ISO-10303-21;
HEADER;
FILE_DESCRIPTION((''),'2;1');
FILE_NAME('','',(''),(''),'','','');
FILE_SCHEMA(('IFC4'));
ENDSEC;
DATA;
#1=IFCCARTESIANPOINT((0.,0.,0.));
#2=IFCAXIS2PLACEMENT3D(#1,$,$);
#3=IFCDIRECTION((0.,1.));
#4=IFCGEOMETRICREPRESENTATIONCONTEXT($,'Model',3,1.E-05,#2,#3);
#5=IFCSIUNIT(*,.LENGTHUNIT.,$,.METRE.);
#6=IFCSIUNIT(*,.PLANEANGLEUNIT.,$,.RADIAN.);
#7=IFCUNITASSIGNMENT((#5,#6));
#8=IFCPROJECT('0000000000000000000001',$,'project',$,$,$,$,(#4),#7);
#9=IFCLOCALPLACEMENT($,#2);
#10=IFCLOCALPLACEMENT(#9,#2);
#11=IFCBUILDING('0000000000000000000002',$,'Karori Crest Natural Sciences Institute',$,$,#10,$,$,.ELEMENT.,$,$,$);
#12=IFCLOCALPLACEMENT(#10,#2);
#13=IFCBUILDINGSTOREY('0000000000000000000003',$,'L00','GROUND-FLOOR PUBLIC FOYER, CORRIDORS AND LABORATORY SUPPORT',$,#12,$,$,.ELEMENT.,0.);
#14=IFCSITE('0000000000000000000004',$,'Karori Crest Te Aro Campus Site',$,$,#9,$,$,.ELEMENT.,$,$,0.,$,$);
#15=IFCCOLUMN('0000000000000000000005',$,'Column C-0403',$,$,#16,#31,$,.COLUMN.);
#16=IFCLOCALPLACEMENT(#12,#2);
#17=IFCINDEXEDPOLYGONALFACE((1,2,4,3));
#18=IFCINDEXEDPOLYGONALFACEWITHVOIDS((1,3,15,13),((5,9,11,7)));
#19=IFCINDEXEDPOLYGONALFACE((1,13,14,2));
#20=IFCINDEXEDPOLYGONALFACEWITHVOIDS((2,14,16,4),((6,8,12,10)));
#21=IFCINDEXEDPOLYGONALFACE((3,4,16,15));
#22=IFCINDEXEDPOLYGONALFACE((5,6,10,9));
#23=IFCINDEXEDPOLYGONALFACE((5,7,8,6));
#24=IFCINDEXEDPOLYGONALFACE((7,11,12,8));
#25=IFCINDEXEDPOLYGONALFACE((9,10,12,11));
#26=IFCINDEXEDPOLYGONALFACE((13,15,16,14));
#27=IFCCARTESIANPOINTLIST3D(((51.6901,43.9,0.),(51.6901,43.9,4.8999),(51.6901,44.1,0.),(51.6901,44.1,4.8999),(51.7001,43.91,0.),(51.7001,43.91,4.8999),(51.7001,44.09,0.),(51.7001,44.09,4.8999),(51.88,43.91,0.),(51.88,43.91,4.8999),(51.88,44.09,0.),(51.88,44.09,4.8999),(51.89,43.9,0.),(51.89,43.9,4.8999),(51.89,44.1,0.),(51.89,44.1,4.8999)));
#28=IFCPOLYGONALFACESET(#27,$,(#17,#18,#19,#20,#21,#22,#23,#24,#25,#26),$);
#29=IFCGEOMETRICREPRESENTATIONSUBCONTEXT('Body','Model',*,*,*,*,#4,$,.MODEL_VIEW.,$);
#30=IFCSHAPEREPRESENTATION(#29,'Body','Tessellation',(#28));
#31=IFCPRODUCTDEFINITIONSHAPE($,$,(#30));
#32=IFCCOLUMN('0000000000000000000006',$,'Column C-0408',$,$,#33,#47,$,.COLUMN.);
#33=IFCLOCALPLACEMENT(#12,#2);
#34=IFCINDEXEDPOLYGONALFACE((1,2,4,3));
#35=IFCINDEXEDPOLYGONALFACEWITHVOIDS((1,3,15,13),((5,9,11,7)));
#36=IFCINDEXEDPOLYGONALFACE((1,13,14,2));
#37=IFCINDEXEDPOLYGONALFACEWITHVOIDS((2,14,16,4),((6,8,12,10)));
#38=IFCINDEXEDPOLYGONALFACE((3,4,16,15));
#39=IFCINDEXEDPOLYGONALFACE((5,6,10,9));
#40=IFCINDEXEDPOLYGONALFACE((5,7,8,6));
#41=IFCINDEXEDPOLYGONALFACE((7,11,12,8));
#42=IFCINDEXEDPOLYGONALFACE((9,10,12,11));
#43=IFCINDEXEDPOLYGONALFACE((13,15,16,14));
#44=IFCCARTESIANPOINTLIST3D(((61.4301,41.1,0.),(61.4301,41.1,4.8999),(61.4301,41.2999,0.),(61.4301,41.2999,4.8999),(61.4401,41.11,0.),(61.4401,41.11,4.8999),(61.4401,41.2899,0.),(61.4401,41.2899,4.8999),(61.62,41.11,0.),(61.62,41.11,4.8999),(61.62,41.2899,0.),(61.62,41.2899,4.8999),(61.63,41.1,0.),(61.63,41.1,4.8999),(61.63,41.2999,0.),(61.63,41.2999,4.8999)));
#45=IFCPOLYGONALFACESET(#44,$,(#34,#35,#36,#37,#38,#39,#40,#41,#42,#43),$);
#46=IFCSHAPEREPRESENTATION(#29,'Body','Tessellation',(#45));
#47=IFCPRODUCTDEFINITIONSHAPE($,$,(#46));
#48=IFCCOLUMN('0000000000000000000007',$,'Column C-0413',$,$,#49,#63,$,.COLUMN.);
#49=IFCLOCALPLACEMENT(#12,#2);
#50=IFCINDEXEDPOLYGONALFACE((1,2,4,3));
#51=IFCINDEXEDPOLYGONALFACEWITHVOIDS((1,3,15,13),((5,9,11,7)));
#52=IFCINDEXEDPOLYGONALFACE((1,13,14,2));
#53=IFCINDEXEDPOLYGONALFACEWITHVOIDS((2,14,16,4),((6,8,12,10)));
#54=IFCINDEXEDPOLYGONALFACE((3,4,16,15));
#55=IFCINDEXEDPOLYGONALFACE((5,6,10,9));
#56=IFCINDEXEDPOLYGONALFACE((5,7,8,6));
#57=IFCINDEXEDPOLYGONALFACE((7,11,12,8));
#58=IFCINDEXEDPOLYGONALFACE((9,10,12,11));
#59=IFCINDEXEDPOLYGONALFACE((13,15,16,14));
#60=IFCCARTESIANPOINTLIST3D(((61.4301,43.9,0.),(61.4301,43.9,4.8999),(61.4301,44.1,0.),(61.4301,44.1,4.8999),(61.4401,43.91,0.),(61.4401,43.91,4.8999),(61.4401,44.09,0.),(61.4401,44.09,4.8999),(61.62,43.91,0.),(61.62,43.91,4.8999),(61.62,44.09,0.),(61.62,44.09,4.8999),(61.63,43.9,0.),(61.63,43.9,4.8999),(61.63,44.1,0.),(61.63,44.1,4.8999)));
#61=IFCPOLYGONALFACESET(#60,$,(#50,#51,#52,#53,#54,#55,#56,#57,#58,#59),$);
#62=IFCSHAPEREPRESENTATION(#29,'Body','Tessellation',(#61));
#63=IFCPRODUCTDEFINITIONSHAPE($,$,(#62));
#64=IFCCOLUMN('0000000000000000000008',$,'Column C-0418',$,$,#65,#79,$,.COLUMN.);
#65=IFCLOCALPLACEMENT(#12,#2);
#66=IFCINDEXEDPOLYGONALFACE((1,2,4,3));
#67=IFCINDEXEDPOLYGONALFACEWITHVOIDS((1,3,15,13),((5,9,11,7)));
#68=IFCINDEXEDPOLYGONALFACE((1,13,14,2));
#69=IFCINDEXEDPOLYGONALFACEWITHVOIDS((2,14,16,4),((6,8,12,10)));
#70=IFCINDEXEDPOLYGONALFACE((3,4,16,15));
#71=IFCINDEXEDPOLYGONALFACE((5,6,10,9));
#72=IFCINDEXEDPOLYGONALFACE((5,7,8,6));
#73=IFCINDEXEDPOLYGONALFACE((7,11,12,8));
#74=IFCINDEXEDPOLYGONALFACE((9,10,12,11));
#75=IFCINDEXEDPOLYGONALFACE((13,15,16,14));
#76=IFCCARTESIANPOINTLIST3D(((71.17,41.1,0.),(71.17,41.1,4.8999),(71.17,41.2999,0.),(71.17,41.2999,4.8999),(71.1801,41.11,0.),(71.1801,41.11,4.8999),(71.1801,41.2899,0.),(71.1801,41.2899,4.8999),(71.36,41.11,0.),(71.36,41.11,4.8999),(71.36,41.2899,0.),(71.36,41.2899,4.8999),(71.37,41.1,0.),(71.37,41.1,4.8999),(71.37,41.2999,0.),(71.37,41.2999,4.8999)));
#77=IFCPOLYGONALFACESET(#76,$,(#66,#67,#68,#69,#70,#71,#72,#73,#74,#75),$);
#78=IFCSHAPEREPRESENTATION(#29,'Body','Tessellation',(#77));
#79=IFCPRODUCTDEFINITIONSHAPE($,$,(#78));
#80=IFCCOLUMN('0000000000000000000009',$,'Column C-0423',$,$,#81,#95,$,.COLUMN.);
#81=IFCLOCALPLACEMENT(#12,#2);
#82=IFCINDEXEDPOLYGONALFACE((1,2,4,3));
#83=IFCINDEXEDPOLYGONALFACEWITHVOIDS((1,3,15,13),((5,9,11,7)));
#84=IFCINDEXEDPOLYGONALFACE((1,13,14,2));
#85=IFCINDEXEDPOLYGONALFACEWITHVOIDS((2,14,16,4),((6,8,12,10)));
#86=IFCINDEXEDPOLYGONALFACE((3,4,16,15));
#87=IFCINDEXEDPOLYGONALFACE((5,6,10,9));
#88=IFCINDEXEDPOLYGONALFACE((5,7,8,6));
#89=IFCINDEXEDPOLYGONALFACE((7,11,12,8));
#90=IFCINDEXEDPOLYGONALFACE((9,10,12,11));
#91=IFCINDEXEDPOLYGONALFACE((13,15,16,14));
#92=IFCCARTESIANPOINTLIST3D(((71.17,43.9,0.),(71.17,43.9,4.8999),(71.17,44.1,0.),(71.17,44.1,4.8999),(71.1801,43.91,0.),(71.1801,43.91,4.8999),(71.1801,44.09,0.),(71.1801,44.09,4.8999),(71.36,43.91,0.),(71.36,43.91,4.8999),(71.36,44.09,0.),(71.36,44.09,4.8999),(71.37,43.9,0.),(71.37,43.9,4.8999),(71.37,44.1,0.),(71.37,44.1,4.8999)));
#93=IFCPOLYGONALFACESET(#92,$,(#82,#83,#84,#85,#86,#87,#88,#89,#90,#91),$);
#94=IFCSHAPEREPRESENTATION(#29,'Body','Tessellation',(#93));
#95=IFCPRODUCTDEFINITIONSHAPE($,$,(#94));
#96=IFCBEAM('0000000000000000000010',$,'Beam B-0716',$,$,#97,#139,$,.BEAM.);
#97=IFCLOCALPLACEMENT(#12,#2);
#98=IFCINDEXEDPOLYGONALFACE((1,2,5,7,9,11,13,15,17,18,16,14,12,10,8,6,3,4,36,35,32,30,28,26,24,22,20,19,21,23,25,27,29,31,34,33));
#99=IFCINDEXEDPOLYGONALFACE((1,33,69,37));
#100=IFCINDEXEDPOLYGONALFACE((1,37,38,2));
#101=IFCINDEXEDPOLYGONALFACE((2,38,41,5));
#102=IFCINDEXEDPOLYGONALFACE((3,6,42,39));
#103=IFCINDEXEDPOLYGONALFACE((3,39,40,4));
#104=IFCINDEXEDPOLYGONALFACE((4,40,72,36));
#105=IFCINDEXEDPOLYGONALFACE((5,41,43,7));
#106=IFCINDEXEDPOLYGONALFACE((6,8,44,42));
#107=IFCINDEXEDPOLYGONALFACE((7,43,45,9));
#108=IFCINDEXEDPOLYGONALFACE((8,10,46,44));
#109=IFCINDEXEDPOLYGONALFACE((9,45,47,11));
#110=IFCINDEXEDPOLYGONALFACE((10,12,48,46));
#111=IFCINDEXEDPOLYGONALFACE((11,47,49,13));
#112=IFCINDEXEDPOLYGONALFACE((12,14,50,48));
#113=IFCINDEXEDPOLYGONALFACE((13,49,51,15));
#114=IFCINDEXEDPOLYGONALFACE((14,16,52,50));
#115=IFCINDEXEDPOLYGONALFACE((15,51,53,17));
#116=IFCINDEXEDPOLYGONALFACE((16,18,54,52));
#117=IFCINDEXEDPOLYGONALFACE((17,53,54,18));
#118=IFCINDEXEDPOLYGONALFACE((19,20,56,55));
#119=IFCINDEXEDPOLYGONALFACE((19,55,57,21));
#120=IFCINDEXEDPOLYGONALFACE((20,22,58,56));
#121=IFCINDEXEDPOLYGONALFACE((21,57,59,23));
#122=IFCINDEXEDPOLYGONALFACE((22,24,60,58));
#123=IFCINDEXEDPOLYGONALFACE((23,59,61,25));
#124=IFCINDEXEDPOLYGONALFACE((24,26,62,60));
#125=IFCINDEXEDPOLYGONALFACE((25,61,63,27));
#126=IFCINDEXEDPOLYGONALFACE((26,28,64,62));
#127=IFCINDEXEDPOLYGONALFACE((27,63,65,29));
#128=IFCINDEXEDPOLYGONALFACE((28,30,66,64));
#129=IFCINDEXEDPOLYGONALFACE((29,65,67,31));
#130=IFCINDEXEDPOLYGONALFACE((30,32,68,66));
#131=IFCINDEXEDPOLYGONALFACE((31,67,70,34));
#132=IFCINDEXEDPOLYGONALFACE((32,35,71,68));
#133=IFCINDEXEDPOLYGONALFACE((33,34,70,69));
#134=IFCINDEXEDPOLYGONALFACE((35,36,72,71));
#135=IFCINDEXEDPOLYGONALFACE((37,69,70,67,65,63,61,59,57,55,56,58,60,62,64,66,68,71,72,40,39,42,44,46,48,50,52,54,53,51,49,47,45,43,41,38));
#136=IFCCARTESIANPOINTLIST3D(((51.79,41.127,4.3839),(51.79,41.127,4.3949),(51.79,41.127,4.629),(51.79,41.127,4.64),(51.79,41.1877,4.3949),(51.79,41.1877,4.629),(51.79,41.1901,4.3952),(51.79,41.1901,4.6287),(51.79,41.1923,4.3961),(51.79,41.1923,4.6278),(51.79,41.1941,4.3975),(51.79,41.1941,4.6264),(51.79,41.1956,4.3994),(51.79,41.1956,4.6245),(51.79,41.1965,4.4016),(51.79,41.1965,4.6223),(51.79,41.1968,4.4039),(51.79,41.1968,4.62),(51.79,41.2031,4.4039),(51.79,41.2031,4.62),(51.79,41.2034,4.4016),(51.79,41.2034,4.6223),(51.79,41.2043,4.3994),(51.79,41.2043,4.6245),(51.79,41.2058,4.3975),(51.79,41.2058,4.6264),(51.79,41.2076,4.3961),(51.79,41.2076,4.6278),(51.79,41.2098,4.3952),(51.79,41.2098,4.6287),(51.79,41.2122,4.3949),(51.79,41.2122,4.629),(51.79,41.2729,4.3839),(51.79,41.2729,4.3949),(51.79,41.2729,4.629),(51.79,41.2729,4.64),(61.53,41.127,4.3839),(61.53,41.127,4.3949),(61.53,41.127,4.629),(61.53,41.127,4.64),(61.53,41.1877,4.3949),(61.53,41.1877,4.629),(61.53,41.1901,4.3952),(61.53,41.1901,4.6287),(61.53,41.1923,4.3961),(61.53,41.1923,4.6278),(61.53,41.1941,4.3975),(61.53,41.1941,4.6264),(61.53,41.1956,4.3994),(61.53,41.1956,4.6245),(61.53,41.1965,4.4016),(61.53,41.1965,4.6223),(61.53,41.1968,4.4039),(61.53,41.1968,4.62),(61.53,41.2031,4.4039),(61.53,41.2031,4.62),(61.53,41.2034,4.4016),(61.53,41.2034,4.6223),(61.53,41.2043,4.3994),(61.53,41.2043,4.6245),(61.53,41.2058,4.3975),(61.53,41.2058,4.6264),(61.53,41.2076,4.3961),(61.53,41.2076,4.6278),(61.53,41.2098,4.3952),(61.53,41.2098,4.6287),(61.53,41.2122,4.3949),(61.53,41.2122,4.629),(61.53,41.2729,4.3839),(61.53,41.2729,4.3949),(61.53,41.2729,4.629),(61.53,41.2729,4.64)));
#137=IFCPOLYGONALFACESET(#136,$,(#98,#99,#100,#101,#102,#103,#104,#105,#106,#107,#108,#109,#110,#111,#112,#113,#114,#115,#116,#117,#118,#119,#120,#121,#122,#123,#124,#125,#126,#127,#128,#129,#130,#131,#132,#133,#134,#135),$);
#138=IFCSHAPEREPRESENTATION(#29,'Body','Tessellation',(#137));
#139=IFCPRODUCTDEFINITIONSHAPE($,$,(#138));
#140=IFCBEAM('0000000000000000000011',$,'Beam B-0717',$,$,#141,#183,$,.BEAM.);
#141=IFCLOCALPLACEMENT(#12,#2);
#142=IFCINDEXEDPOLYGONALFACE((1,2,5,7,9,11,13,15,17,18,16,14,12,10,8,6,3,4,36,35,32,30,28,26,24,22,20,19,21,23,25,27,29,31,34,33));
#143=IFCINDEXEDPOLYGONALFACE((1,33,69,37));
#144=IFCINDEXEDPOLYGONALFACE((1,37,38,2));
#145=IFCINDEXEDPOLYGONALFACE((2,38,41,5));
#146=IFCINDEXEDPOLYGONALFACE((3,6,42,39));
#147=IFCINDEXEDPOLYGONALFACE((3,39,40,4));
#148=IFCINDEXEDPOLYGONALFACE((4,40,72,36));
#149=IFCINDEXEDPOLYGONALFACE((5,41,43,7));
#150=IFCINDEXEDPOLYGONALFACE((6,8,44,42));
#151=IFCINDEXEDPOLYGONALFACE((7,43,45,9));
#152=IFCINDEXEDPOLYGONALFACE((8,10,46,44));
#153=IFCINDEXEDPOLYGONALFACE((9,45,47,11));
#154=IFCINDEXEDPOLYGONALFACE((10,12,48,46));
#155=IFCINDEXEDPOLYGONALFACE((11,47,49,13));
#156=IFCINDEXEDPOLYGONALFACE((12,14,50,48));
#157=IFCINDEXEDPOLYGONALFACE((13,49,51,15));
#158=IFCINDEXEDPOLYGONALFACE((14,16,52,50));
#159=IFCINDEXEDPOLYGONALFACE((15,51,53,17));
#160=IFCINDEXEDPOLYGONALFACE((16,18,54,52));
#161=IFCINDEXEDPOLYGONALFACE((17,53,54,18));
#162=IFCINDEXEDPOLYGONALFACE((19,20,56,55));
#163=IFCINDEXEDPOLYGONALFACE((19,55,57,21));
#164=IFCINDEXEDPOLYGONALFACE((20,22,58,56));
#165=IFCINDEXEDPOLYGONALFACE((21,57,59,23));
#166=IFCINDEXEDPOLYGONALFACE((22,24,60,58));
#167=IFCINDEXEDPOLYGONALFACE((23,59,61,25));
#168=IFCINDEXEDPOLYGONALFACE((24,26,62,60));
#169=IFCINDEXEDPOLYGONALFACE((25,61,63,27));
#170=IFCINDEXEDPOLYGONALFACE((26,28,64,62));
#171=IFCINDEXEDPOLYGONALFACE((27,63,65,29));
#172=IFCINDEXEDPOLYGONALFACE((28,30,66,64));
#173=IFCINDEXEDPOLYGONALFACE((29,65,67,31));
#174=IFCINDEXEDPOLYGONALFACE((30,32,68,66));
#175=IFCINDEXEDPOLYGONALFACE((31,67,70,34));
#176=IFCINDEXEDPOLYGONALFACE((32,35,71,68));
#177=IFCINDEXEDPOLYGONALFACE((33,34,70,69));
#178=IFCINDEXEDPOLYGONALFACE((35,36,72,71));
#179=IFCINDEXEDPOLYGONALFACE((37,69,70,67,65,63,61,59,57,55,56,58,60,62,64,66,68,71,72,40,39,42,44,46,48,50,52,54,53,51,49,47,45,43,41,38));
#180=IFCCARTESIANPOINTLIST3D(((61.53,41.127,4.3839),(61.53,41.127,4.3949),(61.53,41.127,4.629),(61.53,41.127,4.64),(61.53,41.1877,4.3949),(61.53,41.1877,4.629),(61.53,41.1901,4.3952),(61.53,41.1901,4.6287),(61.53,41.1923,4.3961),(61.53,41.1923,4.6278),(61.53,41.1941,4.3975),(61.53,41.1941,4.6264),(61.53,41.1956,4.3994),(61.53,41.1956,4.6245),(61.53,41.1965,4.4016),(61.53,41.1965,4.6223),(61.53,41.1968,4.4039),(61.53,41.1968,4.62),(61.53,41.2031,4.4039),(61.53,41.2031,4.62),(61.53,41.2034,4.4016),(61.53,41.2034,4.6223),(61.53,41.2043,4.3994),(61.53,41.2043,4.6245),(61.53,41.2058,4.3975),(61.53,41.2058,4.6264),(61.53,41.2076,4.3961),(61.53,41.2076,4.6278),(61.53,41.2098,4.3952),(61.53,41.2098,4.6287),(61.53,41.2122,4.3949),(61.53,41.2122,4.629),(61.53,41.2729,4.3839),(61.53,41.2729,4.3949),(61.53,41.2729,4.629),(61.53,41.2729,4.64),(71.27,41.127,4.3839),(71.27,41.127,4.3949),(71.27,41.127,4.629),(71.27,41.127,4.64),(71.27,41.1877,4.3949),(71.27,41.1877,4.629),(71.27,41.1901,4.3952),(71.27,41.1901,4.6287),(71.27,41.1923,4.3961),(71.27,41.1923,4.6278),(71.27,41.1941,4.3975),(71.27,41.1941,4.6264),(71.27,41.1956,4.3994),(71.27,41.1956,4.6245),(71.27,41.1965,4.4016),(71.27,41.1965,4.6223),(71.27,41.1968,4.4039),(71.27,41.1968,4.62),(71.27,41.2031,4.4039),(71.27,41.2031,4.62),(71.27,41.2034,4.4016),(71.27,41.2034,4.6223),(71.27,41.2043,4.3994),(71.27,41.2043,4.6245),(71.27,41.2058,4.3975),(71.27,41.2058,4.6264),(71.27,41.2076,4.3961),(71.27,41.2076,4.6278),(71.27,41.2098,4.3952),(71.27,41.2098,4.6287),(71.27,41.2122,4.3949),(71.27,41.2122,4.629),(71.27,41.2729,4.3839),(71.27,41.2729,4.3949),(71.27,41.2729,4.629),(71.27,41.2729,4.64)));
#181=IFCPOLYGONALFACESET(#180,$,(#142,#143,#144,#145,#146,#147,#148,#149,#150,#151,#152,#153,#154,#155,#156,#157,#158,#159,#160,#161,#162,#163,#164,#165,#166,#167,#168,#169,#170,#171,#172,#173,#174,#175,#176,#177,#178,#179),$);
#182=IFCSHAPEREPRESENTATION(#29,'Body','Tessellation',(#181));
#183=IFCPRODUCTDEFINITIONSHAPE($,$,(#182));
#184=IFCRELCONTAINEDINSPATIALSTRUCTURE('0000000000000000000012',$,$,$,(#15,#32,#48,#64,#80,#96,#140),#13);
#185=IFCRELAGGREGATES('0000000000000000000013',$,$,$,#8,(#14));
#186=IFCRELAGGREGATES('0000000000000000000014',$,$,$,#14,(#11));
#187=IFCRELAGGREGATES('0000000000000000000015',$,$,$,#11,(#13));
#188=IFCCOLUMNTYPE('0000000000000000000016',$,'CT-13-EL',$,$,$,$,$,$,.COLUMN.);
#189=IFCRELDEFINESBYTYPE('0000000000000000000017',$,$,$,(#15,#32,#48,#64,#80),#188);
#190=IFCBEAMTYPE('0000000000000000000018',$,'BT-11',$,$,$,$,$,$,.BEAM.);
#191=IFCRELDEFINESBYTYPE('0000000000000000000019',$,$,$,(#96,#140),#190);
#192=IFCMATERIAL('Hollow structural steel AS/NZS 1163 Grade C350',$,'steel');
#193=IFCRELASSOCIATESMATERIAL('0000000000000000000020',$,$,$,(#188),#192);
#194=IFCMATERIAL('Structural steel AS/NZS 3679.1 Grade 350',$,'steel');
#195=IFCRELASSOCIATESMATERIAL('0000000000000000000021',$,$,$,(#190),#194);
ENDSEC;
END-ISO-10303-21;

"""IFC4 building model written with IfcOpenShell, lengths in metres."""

from ifc_helpers import new_model, si_unit, direction, frame, origin, origin_2d, place, context, subcontext, project, spatial, hollow_rectangle, i_section, extrude, material, material_profile, profile_set, type_object, element, save


model = new_model("IFC4")

# Units and contexts
model_context = context("Model", 3, precision=1e-05, world=origin(), true_north=direction((0.0, 1.0)))
body_context = subcontext(model_context, "Body", "Model", "MODEL_VIEW")
ifc_project = project(units=[si_unit("LENGTHUNIT", "METRE"), si_unit("PLANEANGLEUNIT", "RADIAN")], contexts=[model_context])

# Site, building, storey
site_placement = place(None, origin())
site = spatial("IfcSite", under=ifc_project, at=site_placement, Name="Karori Crest Te Aro Campus Site", CompositionType="ELEMENT", RefElevation=0.0)
building_placement = place(site_placement, origin())
building = spatial("IfcBuilding", under=site, at=building_placement, Name="Karori Crest Natural Sciences Institute", CompositionType="ELEMENT")
storey_placement = place(building_placement, origin())
storey = spatial("IfcBuildingStorey", under=building, at=storey_placement, Name="L00", Description="GROUND-FLOOR PUBLIC FOYER, CORRIDORS AND LABORATORY SUPPORT", CompositionType="ELEMENT", Elevation=0.0)

# Columns
ifc_material_1 = material(Name="Hollow structural steel AS/NZS 1163 Grade C350", Category="steel")
ifc_material_profile_1 = material_profile(ifc_material_1, hollow_rectangle(XDim=0.2, YDim=0.2, WallThickness=0.01, at=origin_2d()), Name="SHS200x200x10")
ifc_profile_set_1 = profile_set([ifc_material_profile_1], Name="Hollow structural steel AS/NZS 1163 Grade C350")
column_type = type_object("IfcColumnType", Name="CT-13-EL", PredefinedType="COLUMN", material=ifc_profile_set_1)
for number, where, z_axis, x_axis, name in (
    (1, (51.79, 44.0, 0.0), (0.0, 0.0, 1.0), (1.0, 0.0, 0.0), "Column C-0403"),
    (2, (61.53, 41.2, 0.0), (0.0, 0.0, 1.0), (1.0, 0.0, 0.0), "Column C-0408"),
    (3, (61.53, 44.0, 0.0), (0.0, 0.0, 1.0), (1.0, 0.0, 0.0), "Column C-0413"),
    (4, (71.27, 41.2, 0.0), (0.0, 0.0, 1.0), (1.0, 0.0, 0.0), "Column C-0418"),
    (5, (71.27, 44.0, 0.0), (0.0, 0.0, 1.0), (1.0, 0.0, 0.0), "Column C-0423"),
):
    element("IfcColumn", number, at=place(storey_placement, frame(where, z_axis=z_axis, x_axis=x_axis)), inside=storey, type_object=column_type, Name=name, PredefinedType="COLUMN", context=body_context, shape_type="SweptSolid", body=[
        extrude(hollow_rectangle(XDim=0.2, YDim=0.2, WallThickness=0.01, at=origin_2d()), origin(), (0.0, 0.0, 1.0), 4.8999),
    ])

# Beams
ifc_material_2 = material(Name="Structural steel AS/NZS 3679.1 Grade 350", Category="steel")
ifc_material_profile_2 = material_profile(ifc_material_2, i_section(OverallWidth=0.146, OverallDepth=0.2561, WebThickness=0.0063, FlangeThickness=0.011, FilletRadius=0.009, at=origin_2d()), Name="250UB37.3")
ifc_profile_set_2 = profile_set([ifc_material_profile_2], Name="Structural steel AS/NZS 3679.1 Grade 350")
beam_type_1 = type_object("IfcBeamType", Name="BT-11", PredefinedType="BEAM", material=ifc_profile_set_2)
for number, where, z_axis, x_axis, name in (
    (6, (51.79, 41.2, 4.512), (1.0, 0.0, 0.0), (0.0, 1.0, 0.0), "Beam B-0716"),
    (7, (61.53, 41.2, 4.512), (1.0, 0.0, 0.0), (0.0, 1.0, 0.0), "Beam B-0717"),
):
    element("IfcBeam", number, at=place(storey_placement, frame(where, z_axis=z_axis, x_axis=x_axis)), inside=storey, type_object=beam_type_1, Name=name, PredefinedType="BEAM", context=body_context, shape_type="SweptSolid", body=[
        extrude(i_section(OverallWidth=0.146, OverallDepth=0.2561, WebThickness=0.0063, FlangeThickness=0.011, FilletRadius=0.009, at=origin_2d()), origin(), (0.0, 0.0, 1.0), 9.74),
    ])

save(model, "model.ifc")
